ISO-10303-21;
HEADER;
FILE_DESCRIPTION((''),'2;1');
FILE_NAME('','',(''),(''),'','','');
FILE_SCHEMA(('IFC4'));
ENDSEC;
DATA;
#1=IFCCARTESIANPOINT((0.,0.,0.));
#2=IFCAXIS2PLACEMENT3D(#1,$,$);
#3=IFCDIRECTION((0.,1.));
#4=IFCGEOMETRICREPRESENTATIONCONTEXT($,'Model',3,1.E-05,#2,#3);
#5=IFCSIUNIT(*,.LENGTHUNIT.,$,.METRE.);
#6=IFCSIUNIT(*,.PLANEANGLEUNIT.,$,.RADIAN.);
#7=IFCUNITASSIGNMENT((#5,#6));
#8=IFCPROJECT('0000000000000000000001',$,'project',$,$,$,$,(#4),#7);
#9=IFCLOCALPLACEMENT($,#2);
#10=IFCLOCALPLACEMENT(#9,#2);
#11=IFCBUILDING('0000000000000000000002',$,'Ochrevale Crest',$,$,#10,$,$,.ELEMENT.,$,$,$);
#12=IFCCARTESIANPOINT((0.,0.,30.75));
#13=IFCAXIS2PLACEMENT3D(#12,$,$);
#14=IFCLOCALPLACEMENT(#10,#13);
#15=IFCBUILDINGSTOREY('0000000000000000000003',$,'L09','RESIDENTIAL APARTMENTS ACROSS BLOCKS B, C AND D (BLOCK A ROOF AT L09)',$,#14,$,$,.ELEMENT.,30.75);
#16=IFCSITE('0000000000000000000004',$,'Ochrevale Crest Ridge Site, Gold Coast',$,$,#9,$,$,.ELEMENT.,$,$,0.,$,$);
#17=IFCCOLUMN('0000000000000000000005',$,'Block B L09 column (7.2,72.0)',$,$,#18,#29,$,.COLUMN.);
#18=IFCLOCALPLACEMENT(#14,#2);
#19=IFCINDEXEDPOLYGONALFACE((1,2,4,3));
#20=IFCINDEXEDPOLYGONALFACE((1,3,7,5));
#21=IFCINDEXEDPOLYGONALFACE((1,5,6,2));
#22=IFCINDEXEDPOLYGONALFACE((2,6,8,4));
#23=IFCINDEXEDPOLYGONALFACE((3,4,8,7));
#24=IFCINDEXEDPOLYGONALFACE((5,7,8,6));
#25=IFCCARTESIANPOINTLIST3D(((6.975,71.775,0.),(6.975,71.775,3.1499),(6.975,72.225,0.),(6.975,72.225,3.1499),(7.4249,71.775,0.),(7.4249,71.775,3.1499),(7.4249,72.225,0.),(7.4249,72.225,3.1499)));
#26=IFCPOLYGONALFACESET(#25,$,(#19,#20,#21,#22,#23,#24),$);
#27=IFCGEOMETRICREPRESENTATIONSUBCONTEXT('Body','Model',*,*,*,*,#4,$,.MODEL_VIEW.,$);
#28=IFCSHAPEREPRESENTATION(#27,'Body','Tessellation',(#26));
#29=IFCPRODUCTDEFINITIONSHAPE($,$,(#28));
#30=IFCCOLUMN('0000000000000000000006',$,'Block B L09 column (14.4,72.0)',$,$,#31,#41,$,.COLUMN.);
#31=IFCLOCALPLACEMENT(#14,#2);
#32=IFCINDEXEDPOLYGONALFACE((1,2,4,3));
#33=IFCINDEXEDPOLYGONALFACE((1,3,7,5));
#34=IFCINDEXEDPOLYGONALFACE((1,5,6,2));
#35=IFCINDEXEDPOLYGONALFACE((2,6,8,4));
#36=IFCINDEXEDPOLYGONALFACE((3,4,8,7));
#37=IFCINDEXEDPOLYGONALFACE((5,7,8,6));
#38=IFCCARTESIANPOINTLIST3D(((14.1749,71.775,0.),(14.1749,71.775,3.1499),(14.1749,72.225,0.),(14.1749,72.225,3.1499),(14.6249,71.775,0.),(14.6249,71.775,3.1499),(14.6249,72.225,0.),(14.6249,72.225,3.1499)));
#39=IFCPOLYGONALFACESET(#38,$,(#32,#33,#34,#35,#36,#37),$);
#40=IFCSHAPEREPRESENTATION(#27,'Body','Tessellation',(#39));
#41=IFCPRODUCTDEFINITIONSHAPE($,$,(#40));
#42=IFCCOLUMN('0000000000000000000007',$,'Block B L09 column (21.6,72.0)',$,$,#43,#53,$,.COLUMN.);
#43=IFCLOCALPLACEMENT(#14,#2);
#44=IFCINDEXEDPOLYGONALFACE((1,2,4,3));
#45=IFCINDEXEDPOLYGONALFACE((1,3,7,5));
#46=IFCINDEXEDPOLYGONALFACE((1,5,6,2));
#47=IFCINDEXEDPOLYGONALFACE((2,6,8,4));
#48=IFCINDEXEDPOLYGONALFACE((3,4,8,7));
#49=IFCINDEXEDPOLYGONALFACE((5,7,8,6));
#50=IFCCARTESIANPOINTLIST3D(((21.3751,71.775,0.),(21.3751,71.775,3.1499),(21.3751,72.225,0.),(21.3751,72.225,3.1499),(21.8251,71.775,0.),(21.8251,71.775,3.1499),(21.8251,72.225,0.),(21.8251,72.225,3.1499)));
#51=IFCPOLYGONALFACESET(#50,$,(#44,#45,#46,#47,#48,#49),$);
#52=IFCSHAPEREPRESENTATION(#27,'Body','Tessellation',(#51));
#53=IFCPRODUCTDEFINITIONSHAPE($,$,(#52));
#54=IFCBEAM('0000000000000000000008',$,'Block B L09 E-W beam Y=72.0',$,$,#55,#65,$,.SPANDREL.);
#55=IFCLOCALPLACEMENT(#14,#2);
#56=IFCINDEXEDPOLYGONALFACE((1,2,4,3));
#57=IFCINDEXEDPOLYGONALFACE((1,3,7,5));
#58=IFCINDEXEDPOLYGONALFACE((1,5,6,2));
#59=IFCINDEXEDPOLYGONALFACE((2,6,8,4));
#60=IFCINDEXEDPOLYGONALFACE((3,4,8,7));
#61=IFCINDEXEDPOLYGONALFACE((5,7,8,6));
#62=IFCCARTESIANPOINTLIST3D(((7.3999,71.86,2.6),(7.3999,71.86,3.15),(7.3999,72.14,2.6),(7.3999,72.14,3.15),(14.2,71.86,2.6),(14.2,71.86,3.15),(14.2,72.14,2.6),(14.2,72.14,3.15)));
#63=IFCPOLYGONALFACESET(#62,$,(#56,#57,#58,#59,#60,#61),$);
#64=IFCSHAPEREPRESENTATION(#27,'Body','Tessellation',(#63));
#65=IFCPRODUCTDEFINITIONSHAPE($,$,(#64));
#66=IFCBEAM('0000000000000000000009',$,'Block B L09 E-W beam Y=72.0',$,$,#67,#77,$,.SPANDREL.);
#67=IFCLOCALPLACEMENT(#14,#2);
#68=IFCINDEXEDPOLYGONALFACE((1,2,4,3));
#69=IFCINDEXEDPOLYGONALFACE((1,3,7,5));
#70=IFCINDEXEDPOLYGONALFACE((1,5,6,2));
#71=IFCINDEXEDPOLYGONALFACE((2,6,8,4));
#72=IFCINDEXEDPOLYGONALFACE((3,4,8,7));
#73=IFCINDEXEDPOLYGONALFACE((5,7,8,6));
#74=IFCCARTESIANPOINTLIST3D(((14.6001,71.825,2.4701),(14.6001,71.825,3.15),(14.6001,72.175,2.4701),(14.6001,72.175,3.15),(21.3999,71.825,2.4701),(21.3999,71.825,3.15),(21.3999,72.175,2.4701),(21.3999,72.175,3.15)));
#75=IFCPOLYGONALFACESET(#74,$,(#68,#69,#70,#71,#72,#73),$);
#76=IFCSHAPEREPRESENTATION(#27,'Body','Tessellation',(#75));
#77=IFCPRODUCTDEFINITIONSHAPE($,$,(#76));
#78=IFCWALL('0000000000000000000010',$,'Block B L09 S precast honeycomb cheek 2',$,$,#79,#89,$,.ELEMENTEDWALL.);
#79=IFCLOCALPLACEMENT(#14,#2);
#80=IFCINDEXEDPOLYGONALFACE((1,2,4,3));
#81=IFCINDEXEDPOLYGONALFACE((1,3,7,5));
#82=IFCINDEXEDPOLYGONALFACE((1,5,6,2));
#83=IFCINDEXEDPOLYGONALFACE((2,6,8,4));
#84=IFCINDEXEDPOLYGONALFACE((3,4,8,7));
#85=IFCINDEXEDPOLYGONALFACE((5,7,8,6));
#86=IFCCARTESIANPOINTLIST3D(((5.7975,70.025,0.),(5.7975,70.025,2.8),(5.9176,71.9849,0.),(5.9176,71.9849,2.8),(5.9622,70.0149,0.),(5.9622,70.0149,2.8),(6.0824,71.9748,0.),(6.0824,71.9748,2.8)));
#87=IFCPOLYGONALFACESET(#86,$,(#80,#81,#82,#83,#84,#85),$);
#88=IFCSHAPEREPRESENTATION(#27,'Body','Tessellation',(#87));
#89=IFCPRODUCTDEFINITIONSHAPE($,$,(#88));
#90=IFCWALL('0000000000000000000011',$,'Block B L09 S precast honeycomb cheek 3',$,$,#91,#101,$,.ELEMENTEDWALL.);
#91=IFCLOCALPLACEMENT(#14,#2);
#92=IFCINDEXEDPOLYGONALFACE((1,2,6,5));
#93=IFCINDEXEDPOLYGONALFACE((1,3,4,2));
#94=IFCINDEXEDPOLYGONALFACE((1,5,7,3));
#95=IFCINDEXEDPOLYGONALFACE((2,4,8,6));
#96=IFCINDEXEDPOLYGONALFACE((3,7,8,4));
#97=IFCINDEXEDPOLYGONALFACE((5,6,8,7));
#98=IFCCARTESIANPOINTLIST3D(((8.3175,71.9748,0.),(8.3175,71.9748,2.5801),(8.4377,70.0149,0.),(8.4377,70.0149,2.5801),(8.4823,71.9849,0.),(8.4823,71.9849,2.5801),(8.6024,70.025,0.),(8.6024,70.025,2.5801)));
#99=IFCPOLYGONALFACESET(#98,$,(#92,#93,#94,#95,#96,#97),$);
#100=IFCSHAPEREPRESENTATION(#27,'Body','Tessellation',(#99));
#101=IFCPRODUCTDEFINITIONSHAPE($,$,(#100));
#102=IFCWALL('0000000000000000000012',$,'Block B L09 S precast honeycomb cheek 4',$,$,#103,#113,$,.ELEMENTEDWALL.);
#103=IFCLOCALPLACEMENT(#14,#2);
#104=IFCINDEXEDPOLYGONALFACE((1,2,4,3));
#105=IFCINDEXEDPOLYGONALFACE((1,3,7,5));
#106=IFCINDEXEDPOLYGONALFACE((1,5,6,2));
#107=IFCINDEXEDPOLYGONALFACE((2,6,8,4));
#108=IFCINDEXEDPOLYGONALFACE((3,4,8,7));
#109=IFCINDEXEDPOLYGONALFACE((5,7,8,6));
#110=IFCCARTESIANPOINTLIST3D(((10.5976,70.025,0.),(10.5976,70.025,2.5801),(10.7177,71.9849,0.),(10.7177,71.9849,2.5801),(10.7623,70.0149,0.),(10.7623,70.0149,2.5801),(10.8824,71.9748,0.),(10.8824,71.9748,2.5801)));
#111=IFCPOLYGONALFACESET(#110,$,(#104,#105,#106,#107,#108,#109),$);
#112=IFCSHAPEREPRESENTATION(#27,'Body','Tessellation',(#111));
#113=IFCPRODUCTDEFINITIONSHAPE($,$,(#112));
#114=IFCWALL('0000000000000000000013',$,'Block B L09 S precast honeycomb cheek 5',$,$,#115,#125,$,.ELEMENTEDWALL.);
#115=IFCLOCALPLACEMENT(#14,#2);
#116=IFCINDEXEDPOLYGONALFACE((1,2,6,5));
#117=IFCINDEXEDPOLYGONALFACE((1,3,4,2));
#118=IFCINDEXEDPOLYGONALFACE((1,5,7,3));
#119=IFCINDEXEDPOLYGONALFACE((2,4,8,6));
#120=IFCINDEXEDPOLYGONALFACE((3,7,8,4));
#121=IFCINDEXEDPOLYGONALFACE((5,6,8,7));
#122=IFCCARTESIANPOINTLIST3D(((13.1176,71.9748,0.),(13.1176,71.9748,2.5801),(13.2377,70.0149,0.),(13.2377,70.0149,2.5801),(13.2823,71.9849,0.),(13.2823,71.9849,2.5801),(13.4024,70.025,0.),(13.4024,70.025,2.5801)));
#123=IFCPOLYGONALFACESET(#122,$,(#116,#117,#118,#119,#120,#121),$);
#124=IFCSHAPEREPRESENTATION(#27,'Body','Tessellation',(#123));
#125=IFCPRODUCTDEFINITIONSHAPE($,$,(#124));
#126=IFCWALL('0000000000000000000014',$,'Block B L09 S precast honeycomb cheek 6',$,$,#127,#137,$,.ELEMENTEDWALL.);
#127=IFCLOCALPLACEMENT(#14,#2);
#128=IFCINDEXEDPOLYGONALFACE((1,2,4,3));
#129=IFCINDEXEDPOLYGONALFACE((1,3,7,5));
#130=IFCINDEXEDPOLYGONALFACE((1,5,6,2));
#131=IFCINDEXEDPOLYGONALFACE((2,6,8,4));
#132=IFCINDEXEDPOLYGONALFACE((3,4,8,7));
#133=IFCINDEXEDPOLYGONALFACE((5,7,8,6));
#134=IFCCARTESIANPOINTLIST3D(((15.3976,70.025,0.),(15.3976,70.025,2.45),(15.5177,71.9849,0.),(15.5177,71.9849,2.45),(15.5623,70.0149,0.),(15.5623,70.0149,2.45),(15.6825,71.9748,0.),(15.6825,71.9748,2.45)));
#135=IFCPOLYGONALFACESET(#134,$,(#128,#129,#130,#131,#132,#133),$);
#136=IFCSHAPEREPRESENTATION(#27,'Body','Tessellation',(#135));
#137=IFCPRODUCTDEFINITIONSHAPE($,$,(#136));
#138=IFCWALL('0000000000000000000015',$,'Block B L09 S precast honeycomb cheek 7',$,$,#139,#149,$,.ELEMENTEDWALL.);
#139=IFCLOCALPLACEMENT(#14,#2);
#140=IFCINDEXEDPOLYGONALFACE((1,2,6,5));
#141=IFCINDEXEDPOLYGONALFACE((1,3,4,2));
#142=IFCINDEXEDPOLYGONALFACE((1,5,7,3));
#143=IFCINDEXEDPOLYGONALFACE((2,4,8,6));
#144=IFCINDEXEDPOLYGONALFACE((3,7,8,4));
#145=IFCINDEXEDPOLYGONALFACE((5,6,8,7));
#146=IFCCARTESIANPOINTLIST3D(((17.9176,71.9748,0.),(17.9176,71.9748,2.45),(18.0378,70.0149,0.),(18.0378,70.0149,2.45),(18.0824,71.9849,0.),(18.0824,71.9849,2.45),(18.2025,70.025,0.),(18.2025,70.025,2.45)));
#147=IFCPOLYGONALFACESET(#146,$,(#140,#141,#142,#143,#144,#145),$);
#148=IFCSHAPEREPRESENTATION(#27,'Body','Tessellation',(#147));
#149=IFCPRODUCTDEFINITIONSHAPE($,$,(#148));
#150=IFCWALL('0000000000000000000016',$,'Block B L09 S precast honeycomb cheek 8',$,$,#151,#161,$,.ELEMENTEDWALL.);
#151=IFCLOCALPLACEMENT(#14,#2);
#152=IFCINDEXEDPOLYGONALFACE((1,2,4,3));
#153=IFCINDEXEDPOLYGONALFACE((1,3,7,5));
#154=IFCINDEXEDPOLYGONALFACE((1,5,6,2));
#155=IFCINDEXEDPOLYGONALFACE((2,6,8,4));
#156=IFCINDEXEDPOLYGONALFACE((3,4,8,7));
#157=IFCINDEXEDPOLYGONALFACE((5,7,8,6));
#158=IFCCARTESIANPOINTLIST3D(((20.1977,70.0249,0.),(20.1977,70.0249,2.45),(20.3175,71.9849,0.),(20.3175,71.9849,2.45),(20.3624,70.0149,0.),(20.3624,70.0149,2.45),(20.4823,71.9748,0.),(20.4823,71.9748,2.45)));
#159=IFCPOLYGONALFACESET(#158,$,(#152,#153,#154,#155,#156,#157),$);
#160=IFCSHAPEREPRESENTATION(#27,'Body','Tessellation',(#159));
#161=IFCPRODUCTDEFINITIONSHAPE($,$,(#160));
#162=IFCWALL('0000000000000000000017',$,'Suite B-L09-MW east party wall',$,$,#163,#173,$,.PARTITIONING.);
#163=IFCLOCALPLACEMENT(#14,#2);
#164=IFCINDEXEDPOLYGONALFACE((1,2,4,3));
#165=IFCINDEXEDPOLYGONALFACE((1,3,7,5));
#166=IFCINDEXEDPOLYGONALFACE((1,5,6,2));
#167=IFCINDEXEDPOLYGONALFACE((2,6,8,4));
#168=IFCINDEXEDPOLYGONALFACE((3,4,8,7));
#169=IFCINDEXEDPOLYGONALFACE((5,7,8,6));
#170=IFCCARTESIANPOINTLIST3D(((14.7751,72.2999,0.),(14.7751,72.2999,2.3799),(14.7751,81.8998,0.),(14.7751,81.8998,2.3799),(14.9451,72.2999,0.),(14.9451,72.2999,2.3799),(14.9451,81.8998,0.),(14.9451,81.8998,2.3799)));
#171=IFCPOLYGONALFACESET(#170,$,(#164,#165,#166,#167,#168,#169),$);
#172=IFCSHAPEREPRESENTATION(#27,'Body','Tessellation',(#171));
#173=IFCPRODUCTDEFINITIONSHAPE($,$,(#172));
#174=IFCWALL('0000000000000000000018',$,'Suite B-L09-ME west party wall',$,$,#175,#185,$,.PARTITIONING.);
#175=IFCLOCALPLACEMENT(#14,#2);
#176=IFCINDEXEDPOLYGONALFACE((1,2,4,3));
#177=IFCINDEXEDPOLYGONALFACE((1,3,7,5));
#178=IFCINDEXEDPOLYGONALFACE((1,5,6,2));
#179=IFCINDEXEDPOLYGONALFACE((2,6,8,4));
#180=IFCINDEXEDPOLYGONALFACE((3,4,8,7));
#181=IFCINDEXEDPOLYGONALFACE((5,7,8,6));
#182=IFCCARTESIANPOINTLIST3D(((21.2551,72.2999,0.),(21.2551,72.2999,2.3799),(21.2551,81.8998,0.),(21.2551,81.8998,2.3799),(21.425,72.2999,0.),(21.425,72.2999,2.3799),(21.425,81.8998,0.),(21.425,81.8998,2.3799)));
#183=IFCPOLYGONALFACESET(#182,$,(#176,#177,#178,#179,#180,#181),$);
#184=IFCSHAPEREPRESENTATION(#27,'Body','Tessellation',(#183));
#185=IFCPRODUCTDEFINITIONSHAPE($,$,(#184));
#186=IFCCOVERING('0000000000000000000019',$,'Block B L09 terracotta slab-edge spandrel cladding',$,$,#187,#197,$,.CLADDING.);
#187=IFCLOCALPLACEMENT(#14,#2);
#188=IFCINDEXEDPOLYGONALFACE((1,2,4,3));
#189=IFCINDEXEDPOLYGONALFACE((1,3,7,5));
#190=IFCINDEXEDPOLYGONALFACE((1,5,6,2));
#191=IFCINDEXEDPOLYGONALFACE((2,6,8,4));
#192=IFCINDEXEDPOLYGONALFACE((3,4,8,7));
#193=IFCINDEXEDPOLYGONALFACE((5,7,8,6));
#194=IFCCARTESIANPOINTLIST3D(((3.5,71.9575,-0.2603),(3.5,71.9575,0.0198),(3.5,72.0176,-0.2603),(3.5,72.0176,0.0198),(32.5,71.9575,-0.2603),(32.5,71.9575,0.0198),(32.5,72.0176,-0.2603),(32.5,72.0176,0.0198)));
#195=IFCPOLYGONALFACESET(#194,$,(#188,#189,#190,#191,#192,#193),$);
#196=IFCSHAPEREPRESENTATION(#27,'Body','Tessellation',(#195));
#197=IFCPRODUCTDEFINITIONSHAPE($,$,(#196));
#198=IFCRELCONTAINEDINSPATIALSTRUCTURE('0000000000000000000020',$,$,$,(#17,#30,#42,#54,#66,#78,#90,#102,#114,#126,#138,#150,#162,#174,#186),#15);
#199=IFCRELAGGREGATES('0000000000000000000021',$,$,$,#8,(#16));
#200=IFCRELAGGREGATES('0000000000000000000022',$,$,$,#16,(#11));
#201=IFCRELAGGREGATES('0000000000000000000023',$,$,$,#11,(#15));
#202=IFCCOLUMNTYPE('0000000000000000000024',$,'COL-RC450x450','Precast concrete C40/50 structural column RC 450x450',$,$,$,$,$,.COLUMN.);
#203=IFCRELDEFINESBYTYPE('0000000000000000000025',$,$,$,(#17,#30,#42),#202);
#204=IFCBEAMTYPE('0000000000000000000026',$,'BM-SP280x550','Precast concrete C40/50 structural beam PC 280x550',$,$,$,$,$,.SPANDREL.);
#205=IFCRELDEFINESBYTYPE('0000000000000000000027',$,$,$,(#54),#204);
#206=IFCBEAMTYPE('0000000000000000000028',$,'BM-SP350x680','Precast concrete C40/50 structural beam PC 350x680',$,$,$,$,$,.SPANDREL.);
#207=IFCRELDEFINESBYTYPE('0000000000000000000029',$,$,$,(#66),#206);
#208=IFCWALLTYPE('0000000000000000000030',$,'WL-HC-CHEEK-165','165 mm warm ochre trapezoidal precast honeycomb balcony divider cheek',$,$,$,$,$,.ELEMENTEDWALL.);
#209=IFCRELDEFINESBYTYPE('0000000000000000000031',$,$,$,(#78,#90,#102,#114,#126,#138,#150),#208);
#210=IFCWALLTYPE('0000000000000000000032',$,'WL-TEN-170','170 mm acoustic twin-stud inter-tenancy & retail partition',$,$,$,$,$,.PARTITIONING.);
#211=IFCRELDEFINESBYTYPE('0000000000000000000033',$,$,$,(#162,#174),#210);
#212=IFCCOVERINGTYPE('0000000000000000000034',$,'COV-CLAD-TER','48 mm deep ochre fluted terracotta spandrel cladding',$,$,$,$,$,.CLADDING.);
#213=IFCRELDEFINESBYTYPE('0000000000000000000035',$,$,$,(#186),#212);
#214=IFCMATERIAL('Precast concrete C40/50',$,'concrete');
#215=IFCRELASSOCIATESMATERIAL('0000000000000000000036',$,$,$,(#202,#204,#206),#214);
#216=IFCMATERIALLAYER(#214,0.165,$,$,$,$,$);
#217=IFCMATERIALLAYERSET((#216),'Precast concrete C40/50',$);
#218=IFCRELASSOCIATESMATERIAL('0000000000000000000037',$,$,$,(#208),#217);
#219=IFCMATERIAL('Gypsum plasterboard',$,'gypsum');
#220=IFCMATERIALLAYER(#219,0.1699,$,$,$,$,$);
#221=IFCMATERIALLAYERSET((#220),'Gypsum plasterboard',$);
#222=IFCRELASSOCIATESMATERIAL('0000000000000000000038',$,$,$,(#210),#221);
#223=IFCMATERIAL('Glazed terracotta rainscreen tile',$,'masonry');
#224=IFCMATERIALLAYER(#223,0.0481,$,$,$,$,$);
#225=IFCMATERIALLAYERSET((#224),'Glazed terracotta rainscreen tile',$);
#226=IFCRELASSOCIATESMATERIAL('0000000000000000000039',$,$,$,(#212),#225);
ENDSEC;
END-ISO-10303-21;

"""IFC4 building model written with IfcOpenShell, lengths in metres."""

from ifc_helpers import new_model, si_unit, direction, frame, frame_2d, origin, origin_2d, place, context, subcontext, project, spatial, rectangle, extrude, material, layer, layer_set, material_profile, profile_set, type_object, element, save


model = new_model("IFC4")

# Units and contexts
model_context = context("Model", 3, precision=1e-05, world=origin(), true_north=direction((0.0, 1.0)))
body_context = subcontext(model_context, "Body", "Model", "MODEL_VIEW")
ifc_project = project(units=[si_unit("LENGTHUNIT", "METRE"), si_unit("PLANEANGLEUNIT", "RADIAN")], contexts=[model_context])

# Site, building, storey
site_placement = place(None, origin())
site = spatial("IfcSite", under=ifc_project, at=site_placement, Name="Ochrevale Crest Ridge Site, Gold Coast", CompositionType="ELEMENT", RefElevation=0.0)
building_placement = place(site_placement, origin())
building = spatial("IfcBuilding", under=site, at=building_placement, Name="Ochrevale Crest", CompositionType="ELEMENT")
storey_placement = place(building_placement, frame((0.0, 0.0, 30.75)))
storey = spatial("IfcBuildingStorey", under=building, at=storey_placement, Name="L09", Description="RESIDENTIAL APARTMENTS ACROSS BLOCKS B, C AND D (BLOCK A ROOF AT L09)", CompositionType="ELEMENT", Elevation=30.75)

# Columns
ifc_material_1 = material(Name="Precast concrete C40/50", Category="concrete")
ifc_material_profile_1 = material_profile(ifc_material_1, rectangle(XDim=0.45, YDim=0.45, at=origin_2d()), Name="RC 450x450")
ifc_profile_set_1 = profile_set([ifc_material_profile_1], Name="Precast concrete C40/50")
column_type = type_object("IfcColumnType", Name="COL-RC450x450", Description="Precast concrete C40/50 structural column RC 450x450", PredefinedType="COLUMN", material=ifc_profile_set_1)
for number, where, z_axis, x_axis, name in (
    (1, (7.2, 72.0, 0.0), (0.0, 0.0, 1.0), (1.0, 0.0, 0.0), "Block B L09 column (7.2,72.0)"),
    (2, (14.3999, 72.0, 0.0), (0.0, 0.0, 1.0), (1.0, 0.0, 0.0), "Block B L09 column (14.4,72.0)"),
    (3, (21.6001, 72.0, 0.0), (0.0, 0.0, 1.0), (1.0, 0.0, 0.0), "Block B L09 column (21.6,72.0)"),
):
    element("IfcColumn", number, at=place(storey_placement, frame(where, z_axis=z_axis, x_axis=x_axis)), inside=storey, type_object=column_type, Name=name, PredefinedType="COLUMN", context=body_context, shape_type="SweptSolid", body=[
        extrude(rectangle(XDim=0.45, YDim=0.45, at=origin_2d()), origin(), (0.0, 0.0, 1.0), 3.1499),
    ])

# Beams
ifc_material_profile_2 = material_profile(ifc_material_1, rectangle(XDim=0.28, YDim=0.55, at=origin_2d()), Name="PC 280x550")
ifc_profile_set_2 = profile_set([ifc_material_profile_2], Name="Precast concrete C40/50")
beam_type_1 = type_object("IfcBeamType", Name="BM-SP280x550", Description="Precast concrete C40/50 structural beam PC 280x550", PredefinedType="SPANDREL", material=ifc_profile_set_2)
beam_1_placement = place(storey_placement, frame((7.3999, 72.0, 2.875), z_axis=(1.0, 0.0, 0.0), x_axis=(0.0, 1.0, 0.0)))
element("IfcBeam", 4, at=beam_1_placement, inside=storey, type_object=beam_type_1, Name="Block B L09 E-W beam Y=72.0", PredefinedType="SPANDREL", context=body_context, shape_type="SweptSolid", body=[
    extrude(rectangle(XDim=0.28, YDim=0.55, at=origin_2d()), origin(), (0.0, 0.0, 1.0), 6.8),
])
ifc_material_profile_3 = material_profile(ifc_material_1, rectangle(XDim=0.3501, YDim=0.6799, at=origin_2d()), Name="PC 350x680")
ifc_profile_set_3 = profile_set([ifc_material_profile_3], Name="Precast concrete C40/50")
beam_type_2 = type_object("IfcBeamType", Name="BM-SP350x680", Description="Precast concrete C40/50 structural beam PC 350x680", PredefinedType="SPANDREL", material=ifc_profile_set_3)
beam_2_placement = place(storey_placement, frame((14.6001, 72.0, 2.8101), z_axis=(1.0, 0.0, 0.0), x_axis=(0.0, 1.0, 0.0)))
element("IfcBeam", 5, at=beam_2_placement, inside=storey, type_object=beam_type_2, Name="Block B L09 E-W beam Y=72.0", PredefinedType="SPANDREL", context=body_context, shape_type="SweptSolid", body=[
    extrude(rectangle(XDim=0.3501, YDim=0.6799, at=origin_2d()), origin(), (0.0, 0.0, 1.0), 6.7998),
])

# Walls
ifc_layer_1 = layer(ifc_material_1, 0.165)
ifc_layer_set_1 = layer_set([ifc_layer_1], Name="Precast concrete C40/50")
wall_type_1 = type_object("IfcWallType", Name="WL-HC-CHEEK-165", Description="165 mm warm ochre trapezoidal precast honeycomb balcony divider cheek", PredefinedType="ELEMENTEDWALL", material=ifc_layer_set_1)
wall_1_placement = place(storey_placement, frame((6.0, 71.98, 0.0), z_axis=(0.0, 0.0, 1.0), x_axis=(-0.061171, -0.998127, 0.0)))
element("IfcWall", 6, at=wall_1_placement, inside=storey, type_object=wall_type_1, Name="Block B L09 S precast honeycomb cheek 2", PredefinedType="ELEMENTEDWALL", context=body_context, shape_type="SweptSolid", body=[
    extrude(rectangle(XDim=1.9636, YDim=0.165, at=frame_2d((0.9819, 0.0))), origin(), (0.0, 0.0, 1.0), 2.8),
])
for number, where, z_axis, x_axis, name in (
    (7, (8.3999, 71.98, 0.0), (0.0, 0.0, 1.0), (0.061171, -0.998127, 0.0), "Block B L09 S precast honeycomb cheek 3"),
    (8, (10.8, 71.98, 0.0), (0.0, 0.0, 1.0), (-0.061171, -0.998127, 0.0), "Block B L09 S precast honeycomb cheek 4"),
    (9, (13.2, 71.98, 0.0), (0.0, 0.0, 1.0), (0.061171, -0.998127, 0.0), "Block B L09 S precast honeycomb cheek 5"),
):
    element("IfcWall", number, at=place(storey_placement, frame(where, z_axis=z_axis, x_axis=x_axis)), inside=storey, type_object=wall_type_1, Name=name, PredefinedType="ELEMENTEDWALL", context=body_context, shape_type="SweptSolid", body=[
        extrude(rectangle(XDim=1.9636, YDim=0.165, at=frame_2d((0.9819, 0.0))), origin(), (0.0, 0.0, 1.0), 2.5801),
    ])
for number, where, z_axis, x_axis, name in (
    (10, (15.6001, 71.98, 0.0), (0.0, 0.0, 1.0), (-0.061171, -0.998127, 0.0), "Block B L09 S precast honeycomb cheek 6"),
    (11, (18.0, 71.98, 0.0), (0.0, 0.0, 1.0), (0.061171, -0.998127, 0.0), "Block B L09 S precast honeycomb cheek 7"),
    (12, (20.3999, 71.98, 0.0), (0.0, 0.0, 1.0), (-0.061047, -0.998135, 0.0), "Block B L09 S precast honeycomb cheek 8"),
):
    element("IfcWall", number, at=place(storey_placement, frame(where, z_axis=z_axis, x_axis=x_axis)), inside=storey, type_object=wall_type_1, Name=name, PredefinedType="ELEMENTEDWALL", context=body_context, shape_type="SweptSolid", body=[
        extrude(rectangle(XDim=1.9636, YDim=0.165, at=frame_2d((0.9819, 0.0))), origin(), (0.0, 0.0, 1.0), 2.45),
    ])
ifc_material_2 = material(Name="Gypsum plasterboard", Category="gypsum")
ifc_layer_2 = layer(ifc_material_2, 0.1699)
ifc_layer_set_2 = layer_set([ifc_layer_2], Name="Gypsum plasterboard")
wall_type_2 = type_object("IfcWallType", Name="WL-TEN-170", Description="170 mm acoustic twin-stud inter-tenancy & retail partition", PredefinedType="PARTITIONING", material=ifc_layer_set_2)
for number, where, z_axis, x_axis, name in (
    (13, (14.8601, 72.3, 0.0), (0.0, 0.0, 1.0), (0.0, 1.0, 0.0), "Suite B-L09-MW east party wall"),
    (14, (21.3401, 72.3, 0.0), (0.0, 0.0, 1.0), (0.0, 1.0, 0.0), "Suite B-L09-ME west party wall"),
):
    element("IfcWall", number, at=place(storey_placement, frame(where, z_axis=z_axis, x_axis=x_axis)), inside=storey, type_object=wall_type_2, Name=name, PredefinedType="PARTITIONING", context=body_context, shape_type="SweptSolid", body=[
        extrude(rectangle(XDim=9.5999, YDim=0.1699, at=frame_2d((4.7998, 0.0))), origin(), (0.0, 0.0, 1.0), 2.3799),
    ])

# Covering
ifc_material_3 = material(Name="Glazed terracotta rainscreen tile", Category="masonry")
ifc_layer_3 = layer(ifc_material_3, 0.0481)
ifc_layer_set_3 = layer_set([ifc_layer_3], Name="Glazed terracotta rainscreen tile")
covering_type = type_object("IfcCoveringType", Name="COV-CLAD-TER", Description="48 mm deep ochre fluted terracotta spandrel cladding", PredefinedType="CLADDING", material=ifc_layer_set_3)
covering_placement = place(storey_placement, frame((18.0, 71.9875, -0.2603), z_axis=(0.0, 0.0, 1.0), x_axis=(1.0, 0.0, 0.0)))
element("IfcCovering", 15, at=covering_placement, inside=storey, type_object=covering_type, Name="Block B L09 terracotta slab-edge spandrel cladding", PredefinedType="CLADDING", context=body_context, shape_type="SweptSolid", body=[
    extrude(rectangle(XDim=29.0, YDim=0.0601, at=origin_2d()), origin(), (0.0, 0.0, 1.0), 0.28),
])

save(model, "model.ifc")
